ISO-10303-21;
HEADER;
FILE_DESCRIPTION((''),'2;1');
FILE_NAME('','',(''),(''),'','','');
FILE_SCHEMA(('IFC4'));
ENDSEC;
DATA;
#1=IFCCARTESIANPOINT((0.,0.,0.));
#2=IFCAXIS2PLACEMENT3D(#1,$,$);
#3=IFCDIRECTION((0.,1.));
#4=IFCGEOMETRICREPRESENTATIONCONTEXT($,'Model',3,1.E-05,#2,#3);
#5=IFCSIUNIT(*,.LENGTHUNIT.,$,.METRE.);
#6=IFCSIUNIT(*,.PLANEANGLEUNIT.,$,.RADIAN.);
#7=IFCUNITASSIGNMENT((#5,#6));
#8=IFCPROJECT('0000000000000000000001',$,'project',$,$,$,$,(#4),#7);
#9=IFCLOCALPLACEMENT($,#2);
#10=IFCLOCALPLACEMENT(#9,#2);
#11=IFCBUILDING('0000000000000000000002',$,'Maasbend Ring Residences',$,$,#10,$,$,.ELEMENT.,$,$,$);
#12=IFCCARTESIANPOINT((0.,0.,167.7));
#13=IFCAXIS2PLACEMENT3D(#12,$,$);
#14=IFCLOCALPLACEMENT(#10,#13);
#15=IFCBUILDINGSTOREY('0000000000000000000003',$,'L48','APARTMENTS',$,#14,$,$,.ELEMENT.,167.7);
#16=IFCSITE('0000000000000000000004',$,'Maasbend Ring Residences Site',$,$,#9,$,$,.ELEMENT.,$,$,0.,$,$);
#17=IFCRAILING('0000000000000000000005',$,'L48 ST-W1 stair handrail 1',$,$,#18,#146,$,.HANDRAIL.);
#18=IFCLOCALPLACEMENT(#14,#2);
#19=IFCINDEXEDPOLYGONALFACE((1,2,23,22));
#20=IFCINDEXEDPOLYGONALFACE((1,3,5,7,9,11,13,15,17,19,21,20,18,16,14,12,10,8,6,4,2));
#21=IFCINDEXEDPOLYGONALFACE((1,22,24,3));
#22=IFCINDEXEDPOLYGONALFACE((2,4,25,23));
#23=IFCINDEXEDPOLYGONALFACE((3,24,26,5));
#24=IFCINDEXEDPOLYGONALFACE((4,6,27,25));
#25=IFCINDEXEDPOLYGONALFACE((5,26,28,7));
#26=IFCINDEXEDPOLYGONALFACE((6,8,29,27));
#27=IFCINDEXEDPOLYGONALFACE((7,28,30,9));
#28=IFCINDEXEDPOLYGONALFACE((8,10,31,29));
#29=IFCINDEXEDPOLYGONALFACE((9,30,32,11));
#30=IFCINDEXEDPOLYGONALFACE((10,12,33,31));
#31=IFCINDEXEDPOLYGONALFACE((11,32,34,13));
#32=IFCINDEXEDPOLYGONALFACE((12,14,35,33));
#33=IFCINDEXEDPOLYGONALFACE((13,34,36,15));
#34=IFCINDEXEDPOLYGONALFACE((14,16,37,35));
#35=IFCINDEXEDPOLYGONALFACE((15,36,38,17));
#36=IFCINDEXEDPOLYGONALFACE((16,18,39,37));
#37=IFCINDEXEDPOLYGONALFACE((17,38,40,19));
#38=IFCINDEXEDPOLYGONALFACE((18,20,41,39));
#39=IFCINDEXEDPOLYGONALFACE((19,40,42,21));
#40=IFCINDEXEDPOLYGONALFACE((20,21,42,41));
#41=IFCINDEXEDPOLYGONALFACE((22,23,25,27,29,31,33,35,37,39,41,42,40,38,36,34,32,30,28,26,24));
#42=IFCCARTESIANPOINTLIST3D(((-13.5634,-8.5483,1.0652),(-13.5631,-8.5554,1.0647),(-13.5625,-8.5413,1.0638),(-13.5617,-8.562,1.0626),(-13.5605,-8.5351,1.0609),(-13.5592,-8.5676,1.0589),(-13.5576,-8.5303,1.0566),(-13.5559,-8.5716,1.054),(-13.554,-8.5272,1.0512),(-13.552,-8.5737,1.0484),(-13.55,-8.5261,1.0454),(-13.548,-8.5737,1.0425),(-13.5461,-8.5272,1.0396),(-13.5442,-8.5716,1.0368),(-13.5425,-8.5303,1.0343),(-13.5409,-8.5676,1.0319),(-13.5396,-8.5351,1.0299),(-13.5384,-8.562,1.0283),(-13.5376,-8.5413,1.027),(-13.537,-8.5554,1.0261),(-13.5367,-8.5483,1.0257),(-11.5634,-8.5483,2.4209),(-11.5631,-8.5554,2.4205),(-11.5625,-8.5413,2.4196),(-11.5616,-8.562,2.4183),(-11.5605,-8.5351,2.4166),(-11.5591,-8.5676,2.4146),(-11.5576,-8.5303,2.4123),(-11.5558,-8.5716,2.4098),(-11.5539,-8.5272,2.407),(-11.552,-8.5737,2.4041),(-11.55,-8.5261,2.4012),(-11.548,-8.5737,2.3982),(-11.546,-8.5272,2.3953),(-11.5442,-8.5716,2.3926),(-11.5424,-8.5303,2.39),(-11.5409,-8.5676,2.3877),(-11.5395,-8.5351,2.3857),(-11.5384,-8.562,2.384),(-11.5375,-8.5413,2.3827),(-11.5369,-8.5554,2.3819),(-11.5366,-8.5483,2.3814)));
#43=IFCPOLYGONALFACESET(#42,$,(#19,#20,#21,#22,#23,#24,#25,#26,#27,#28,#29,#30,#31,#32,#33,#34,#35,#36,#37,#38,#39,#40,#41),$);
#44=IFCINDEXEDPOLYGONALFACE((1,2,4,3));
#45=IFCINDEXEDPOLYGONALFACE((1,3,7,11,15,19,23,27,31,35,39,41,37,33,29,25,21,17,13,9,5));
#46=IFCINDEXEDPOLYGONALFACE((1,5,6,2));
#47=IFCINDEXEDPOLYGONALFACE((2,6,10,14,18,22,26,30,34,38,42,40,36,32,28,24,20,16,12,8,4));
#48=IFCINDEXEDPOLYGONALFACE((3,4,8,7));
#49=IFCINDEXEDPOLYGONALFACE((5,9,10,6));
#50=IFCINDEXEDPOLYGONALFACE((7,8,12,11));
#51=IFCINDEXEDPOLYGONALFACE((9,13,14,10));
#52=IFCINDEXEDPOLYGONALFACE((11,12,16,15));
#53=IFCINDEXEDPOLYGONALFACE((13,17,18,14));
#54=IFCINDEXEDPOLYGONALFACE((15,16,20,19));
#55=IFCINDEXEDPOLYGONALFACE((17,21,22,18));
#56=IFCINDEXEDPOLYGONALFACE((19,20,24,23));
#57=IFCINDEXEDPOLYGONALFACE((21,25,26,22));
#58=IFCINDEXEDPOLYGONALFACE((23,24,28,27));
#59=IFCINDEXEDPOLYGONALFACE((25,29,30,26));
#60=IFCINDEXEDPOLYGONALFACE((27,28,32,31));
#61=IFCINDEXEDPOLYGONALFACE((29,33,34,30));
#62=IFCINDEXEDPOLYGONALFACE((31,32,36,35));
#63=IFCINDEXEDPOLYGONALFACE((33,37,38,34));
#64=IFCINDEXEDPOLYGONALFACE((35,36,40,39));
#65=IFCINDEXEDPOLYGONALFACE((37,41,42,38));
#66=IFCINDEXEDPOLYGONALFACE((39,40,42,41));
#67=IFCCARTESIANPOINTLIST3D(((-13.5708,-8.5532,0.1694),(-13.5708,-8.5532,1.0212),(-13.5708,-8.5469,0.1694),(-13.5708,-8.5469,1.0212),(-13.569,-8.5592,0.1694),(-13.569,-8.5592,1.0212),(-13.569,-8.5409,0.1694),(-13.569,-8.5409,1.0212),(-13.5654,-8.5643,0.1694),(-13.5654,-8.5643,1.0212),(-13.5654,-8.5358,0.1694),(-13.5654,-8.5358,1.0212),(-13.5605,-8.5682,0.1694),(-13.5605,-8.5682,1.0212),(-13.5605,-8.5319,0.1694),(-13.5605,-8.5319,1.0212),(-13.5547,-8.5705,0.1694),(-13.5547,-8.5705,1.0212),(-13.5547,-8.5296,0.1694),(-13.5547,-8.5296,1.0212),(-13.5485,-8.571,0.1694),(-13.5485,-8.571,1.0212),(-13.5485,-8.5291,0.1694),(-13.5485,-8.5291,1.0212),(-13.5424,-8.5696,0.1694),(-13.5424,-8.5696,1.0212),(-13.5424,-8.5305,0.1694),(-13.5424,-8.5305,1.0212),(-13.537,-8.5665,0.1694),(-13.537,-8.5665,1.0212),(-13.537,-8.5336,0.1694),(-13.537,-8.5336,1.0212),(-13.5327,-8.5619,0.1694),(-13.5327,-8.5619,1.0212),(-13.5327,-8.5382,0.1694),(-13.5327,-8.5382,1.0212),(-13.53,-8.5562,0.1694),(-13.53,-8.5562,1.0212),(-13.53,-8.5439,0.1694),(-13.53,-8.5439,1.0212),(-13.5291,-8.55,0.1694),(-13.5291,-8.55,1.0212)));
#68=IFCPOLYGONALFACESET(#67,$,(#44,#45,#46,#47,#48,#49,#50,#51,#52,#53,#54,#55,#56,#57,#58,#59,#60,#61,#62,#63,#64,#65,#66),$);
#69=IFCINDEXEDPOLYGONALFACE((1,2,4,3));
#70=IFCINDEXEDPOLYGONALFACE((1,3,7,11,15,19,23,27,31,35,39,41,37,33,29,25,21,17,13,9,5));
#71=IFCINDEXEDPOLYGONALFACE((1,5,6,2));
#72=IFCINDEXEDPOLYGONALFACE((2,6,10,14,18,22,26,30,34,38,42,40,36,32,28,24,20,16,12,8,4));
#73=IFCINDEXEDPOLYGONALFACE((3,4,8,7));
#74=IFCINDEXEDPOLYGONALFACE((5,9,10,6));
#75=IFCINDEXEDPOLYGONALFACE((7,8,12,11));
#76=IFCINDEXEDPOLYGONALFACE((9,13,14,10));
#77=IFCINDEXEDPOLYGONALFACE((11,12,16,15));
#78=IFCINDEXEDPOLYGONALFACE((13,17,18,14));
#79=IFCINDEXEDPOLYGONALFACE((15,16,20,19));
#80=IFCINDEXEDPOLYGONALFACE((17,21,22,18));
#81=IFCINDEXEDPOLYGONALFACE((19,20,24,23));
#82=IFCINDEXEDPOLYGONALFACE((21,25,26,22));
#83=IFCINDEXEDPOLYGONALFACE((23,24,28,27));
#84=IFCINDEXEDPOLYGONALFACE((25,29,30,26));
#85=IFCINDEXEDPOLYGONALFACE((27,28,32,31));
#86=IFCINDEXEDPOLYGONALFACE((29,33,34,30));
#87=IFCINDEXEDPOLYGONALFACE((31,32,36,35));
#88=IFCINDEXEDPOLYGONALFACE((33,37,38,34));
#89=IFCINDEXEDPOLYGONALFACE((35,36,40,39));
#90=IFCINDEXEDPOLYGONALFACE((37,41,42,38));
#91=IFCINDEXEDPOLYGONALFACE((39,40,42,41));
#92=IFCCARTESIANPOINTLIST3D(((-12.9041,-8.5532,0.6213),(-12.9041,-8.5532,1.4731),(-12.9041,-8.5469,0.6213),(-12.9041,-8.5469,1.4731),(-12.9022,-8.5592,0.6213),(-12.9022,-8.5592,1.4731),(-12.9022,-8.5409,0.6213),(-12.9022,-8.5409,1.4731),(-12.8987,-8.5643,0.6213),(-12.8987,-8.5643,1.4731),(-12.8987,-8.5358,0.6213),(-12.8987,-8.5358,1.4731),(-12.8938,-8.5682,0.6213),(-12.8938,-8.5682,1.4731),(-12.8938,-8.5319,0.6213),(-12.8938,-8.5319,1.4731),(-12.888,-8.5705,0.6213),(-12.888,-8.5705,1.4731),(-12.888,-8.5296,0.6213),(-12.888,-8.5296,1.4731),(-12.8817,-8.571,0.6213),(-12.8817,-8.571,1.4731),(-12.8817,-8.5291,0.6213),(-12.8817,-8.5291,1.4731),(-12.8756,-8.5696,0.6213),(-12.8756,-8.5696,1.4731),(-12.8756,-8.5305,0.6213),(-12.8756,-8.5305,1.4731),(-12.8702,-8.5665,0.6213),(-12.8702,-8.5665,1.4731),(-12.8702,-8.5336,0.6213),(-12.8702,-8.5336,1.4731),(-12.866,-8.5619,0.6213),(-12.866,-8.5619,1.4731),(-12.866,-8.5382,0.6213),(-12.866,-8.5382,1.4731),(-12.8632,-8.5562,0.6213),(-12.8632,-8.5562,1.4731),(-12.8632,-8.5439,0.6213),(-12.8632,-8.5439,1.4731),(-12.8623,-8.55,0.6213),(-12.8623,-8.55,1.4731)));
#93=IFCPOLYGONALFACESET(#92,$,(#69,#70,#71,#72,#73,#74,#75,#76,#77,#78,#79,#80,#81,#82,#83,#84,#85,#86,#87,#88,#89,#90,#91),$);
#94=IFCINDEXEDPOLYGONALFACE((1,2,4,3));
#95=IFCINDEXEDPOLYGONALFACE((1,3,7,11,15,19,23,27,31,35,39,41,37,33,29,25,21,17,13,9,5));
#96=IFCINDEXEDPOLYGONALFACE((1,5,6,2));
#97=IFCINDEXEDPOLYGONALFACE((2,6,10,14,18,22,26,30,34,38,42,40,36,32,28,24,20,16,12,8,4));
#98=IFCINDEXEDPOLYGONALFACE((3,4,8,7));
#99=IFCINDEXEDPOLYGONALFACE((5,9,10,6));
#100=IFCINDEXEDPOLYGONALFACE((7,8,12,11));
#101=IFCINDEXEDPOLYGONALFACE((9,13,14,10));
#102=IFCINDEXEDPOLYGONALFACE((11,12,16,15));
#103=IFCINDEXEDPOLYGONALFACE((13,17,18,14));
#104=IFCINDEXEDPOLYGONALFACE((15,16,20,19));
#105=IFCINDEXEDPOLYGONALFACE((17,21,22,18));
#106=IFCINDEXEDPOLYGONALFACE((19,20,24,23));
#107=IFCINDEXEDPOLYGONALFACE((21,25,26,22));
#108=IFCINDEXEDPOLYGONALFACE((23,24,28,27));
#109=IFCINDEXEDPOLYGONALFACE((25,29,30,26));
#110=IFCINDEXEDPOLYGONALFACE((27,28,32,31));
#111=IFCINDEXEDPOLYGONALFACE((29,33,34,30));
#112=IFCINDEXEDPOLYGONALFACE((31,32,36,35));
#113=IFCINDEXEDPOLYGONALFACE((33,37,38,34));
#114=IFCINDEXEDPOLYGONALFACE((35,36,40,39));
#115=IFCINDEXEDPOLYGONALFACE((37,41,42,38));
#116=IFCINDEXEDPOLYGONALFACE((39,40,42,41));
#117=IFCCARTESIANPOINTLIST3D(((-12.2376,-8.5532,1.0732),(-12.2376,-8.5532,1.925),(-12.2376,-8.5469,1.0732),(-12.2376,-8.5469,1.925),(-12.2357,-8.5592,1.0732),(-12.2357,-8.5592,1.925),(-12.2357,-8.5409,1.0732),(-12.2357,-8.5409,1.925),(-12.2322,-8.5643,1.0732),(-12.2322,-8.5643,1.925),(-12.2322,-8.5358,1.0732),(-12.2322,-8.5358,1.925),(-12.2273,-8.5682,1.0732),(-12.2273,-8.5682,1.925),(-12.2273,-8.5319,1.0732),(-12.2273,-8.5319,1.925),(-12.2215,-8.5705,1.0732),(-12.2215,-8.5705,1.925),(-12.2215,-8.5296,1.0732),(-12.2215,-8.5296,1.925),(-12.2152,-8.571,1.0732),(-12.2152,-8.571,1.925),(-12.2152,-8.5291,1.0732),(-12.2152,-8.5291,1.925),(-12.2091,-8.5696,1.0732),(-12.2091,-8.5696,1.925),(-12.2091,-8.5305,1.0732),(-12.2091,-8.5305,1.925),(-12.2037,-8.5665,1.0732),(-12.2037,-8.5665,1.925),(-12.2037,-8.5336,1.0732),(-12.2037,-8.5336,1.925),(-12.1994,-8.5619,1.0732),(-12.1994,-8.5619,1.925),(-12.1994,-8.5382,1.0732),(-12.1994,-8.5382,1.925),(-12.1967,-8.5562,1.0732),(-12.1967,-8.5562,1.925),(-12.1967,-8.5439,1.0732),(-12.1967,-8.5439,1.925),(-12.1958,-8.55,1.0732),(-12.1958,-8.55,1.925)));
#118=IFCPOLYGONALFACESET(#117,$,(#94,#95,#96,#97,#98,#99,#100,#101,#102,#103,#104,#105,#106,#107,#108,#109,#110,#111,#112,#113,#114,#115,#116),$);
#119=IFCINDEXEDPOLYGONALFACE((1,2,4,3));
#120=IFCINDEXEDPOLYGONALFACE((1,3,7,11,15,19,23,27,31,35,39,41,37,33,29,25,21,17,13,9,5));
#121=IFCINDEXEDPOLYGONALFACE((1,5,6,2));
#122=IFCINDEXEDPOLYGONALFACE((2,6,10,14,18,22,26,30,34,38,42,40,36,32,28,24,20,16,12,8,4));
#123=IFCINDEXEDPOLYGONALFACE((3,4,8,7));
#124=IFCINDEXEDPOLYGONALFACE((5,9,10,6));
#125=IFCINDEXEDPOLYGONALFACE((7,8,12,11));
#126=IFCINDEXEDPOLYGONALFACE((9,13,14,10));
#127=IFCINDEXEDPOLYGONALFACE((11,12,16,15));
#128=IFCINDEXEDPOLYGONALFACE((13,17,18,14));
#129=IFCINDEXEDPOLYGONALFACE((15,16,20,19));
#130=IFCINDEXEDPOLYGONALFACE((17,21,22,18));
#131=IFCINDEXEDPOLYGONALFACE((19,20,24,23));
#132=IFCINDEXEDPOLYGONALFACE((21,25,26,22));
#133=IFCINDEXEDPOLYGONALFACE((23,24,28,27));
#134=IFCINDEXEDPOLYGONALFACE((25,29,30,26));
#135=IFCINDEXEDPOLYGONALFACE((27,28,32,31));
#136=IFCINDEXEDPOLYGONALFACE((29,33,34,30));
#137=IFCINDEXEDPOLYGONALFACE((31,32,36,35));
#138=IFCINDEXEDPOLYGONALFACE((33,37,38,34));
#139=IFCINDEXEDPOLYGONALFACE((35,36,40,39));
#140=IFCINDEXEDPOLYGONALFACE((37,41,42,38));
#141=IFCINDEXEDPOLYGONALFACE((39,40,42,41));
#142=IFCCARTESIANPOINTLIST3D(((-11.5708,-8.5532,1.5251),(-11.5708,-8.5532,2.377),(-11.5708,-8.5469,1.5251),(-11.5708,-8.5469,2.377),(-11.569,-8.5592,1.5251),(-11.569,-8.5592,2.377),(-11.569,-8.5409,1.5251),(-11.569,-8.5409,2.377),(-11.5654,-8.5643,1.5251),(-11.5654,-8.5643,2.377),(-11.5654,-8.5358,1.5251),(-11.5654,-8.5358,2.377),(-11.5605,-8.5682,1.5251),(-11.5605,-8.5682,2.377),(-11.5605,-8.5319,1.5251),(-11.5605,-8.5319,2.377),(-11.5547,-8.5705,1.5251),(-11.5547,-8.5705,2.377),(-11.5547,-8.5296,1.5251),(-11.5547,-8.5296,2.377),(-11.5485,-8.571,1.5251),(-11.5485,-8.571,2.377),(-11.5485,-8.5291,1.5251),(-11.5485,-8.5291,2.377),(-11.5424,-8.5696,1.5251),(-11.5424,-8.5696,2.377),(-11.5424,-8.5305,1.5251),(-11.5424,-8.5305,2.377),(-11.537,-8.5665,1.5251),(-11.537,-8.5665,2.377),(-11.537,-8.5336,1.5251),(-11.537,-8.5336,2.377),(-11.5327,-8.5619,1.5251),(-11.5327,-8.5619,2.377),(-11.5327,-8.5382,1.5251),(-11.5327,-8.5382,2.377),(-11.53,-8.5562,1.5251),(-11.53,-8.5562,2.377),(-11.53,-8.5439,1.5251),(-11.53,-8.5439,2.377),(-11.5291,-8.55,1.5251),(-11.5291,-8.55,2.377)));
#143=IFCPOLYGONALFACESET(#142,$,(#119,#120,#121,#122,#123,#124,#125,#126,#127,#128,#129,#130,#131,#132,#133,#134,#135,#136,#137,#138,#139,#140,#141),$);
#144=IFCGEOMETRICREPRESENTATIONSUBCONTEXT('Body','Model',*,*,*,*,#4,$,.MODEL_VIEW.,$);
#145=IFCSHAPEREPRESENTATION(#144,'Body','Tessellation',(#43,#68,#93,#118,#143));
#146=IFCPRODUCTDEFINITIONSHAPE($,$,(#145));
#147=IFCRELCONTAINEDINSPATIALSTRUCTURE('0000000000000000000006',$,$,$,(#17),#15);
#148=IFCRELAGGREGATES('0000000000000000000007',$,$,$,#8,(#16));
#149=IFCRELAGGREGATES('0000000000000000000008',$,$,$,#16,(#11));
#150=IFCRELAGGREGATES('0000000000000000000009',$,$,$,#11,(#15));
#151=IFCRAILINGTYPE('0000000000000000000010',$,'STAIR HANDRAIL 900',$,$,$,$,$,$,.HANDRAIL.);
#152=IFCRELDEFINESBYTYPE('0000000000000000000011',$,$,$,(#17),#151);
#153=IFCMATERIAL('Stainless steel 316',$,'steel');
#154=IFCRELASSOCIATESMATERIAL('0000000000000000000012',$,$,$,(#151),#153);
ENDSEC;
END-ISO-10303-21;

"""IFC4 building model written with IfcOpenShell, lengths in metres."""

from ifc_helpers import new_model, si_unit, direction, frame, origin, origin_2d, place, context, subcontext, project, spatial, circle, extrude, material, type_object, element, save


model = new_model("IFC4")

# Units and contexts
model_context = context("Model", 3, precision=1e-05, world=origin(), true_north=direction((0.0, 1.0)))
body_context = subcontext(model_context, "Body", "Model", "MODEL_VIEW")
ifc_project = project(units=[si_unit("LENGTHUNIT", "METRE"), si_unit("PLANEANGLEUNIT", "RADIAN")], contexts=[model_context])

# Site, building, storey
site_placement = place(None, origin())
site = spatial("IfcSite", under=ifc_project, at=site_placement, Name="Maasbend Ring Residences Site", CompositionType="ELEMENT", RefElevation=0.0)
building_placement = place(site_placement, origin())
building = spatial("IfcBuilding", under=site, at=building_placement, Name="Maasbend Ring Residences", CompositionType="ELEMENT")
storey_placement = place(building_placement, frame((0.0, 0.0, 167.7)))
storey = spatial("IfcBuildingStorey", under=building, at=storey_placement, Name="L48", Description="APARTMENTS", CompositionType="ELEMENT", Elevation=167.7)

# Railing
ifc_material_1 = material(Name="Stainless steel 316", Category="steel")
railing_type_1 = type_object("IfcRailingType", Name="STAIR HANDRAIL 900", PredefinedType="HANDRAIL", material=ifc_material_1)
railing_1_placement = place(storey_placement, frame((-13.55, -8.55, 0.1694)))
element("IfcRailing", 1, at=railing_1_placement, inside=storey, type_object=railing_type_1, Name="L48 ST-W1 stair handrail 1", PredefinedType="HANDRAIL", context=body_context, shape_type="SweptSolid", body=[
    extrude(circle(Radius=0.0239, at=origin_2d()), frame((0.0, 0.0, 0.876), z_axis=(0.827751, 0.0, 0.561096), x_axis=(0.0, 1.0, 0.0)), (0.0, 0.0, 1.0), 2.4163),
    extrude(circle(Radius=0.021, at=origin_2d()), origin(), (0.0, 0.0, 1.0), 0.8518),
    extrude(circle(Radius=0.021, at=origin_2d()), frame((0.6667, 0.0, 0.4519)), (0.0, 0.0, 1.0), 0.8518),
    extrude(circle(Radius=0.021, at=origin_2d()), frame((1.3333, 0.0, 0.9038)), (0.0, 0.0, 1.0), 0.8518),
    extrude(circle(Radius=0.021, at=origin_2d()), frame((2.0, 0.0, 1.3557)), (0.0, 0.0, 1.0), 0.8518),
])

save(model, "model.ifc")
